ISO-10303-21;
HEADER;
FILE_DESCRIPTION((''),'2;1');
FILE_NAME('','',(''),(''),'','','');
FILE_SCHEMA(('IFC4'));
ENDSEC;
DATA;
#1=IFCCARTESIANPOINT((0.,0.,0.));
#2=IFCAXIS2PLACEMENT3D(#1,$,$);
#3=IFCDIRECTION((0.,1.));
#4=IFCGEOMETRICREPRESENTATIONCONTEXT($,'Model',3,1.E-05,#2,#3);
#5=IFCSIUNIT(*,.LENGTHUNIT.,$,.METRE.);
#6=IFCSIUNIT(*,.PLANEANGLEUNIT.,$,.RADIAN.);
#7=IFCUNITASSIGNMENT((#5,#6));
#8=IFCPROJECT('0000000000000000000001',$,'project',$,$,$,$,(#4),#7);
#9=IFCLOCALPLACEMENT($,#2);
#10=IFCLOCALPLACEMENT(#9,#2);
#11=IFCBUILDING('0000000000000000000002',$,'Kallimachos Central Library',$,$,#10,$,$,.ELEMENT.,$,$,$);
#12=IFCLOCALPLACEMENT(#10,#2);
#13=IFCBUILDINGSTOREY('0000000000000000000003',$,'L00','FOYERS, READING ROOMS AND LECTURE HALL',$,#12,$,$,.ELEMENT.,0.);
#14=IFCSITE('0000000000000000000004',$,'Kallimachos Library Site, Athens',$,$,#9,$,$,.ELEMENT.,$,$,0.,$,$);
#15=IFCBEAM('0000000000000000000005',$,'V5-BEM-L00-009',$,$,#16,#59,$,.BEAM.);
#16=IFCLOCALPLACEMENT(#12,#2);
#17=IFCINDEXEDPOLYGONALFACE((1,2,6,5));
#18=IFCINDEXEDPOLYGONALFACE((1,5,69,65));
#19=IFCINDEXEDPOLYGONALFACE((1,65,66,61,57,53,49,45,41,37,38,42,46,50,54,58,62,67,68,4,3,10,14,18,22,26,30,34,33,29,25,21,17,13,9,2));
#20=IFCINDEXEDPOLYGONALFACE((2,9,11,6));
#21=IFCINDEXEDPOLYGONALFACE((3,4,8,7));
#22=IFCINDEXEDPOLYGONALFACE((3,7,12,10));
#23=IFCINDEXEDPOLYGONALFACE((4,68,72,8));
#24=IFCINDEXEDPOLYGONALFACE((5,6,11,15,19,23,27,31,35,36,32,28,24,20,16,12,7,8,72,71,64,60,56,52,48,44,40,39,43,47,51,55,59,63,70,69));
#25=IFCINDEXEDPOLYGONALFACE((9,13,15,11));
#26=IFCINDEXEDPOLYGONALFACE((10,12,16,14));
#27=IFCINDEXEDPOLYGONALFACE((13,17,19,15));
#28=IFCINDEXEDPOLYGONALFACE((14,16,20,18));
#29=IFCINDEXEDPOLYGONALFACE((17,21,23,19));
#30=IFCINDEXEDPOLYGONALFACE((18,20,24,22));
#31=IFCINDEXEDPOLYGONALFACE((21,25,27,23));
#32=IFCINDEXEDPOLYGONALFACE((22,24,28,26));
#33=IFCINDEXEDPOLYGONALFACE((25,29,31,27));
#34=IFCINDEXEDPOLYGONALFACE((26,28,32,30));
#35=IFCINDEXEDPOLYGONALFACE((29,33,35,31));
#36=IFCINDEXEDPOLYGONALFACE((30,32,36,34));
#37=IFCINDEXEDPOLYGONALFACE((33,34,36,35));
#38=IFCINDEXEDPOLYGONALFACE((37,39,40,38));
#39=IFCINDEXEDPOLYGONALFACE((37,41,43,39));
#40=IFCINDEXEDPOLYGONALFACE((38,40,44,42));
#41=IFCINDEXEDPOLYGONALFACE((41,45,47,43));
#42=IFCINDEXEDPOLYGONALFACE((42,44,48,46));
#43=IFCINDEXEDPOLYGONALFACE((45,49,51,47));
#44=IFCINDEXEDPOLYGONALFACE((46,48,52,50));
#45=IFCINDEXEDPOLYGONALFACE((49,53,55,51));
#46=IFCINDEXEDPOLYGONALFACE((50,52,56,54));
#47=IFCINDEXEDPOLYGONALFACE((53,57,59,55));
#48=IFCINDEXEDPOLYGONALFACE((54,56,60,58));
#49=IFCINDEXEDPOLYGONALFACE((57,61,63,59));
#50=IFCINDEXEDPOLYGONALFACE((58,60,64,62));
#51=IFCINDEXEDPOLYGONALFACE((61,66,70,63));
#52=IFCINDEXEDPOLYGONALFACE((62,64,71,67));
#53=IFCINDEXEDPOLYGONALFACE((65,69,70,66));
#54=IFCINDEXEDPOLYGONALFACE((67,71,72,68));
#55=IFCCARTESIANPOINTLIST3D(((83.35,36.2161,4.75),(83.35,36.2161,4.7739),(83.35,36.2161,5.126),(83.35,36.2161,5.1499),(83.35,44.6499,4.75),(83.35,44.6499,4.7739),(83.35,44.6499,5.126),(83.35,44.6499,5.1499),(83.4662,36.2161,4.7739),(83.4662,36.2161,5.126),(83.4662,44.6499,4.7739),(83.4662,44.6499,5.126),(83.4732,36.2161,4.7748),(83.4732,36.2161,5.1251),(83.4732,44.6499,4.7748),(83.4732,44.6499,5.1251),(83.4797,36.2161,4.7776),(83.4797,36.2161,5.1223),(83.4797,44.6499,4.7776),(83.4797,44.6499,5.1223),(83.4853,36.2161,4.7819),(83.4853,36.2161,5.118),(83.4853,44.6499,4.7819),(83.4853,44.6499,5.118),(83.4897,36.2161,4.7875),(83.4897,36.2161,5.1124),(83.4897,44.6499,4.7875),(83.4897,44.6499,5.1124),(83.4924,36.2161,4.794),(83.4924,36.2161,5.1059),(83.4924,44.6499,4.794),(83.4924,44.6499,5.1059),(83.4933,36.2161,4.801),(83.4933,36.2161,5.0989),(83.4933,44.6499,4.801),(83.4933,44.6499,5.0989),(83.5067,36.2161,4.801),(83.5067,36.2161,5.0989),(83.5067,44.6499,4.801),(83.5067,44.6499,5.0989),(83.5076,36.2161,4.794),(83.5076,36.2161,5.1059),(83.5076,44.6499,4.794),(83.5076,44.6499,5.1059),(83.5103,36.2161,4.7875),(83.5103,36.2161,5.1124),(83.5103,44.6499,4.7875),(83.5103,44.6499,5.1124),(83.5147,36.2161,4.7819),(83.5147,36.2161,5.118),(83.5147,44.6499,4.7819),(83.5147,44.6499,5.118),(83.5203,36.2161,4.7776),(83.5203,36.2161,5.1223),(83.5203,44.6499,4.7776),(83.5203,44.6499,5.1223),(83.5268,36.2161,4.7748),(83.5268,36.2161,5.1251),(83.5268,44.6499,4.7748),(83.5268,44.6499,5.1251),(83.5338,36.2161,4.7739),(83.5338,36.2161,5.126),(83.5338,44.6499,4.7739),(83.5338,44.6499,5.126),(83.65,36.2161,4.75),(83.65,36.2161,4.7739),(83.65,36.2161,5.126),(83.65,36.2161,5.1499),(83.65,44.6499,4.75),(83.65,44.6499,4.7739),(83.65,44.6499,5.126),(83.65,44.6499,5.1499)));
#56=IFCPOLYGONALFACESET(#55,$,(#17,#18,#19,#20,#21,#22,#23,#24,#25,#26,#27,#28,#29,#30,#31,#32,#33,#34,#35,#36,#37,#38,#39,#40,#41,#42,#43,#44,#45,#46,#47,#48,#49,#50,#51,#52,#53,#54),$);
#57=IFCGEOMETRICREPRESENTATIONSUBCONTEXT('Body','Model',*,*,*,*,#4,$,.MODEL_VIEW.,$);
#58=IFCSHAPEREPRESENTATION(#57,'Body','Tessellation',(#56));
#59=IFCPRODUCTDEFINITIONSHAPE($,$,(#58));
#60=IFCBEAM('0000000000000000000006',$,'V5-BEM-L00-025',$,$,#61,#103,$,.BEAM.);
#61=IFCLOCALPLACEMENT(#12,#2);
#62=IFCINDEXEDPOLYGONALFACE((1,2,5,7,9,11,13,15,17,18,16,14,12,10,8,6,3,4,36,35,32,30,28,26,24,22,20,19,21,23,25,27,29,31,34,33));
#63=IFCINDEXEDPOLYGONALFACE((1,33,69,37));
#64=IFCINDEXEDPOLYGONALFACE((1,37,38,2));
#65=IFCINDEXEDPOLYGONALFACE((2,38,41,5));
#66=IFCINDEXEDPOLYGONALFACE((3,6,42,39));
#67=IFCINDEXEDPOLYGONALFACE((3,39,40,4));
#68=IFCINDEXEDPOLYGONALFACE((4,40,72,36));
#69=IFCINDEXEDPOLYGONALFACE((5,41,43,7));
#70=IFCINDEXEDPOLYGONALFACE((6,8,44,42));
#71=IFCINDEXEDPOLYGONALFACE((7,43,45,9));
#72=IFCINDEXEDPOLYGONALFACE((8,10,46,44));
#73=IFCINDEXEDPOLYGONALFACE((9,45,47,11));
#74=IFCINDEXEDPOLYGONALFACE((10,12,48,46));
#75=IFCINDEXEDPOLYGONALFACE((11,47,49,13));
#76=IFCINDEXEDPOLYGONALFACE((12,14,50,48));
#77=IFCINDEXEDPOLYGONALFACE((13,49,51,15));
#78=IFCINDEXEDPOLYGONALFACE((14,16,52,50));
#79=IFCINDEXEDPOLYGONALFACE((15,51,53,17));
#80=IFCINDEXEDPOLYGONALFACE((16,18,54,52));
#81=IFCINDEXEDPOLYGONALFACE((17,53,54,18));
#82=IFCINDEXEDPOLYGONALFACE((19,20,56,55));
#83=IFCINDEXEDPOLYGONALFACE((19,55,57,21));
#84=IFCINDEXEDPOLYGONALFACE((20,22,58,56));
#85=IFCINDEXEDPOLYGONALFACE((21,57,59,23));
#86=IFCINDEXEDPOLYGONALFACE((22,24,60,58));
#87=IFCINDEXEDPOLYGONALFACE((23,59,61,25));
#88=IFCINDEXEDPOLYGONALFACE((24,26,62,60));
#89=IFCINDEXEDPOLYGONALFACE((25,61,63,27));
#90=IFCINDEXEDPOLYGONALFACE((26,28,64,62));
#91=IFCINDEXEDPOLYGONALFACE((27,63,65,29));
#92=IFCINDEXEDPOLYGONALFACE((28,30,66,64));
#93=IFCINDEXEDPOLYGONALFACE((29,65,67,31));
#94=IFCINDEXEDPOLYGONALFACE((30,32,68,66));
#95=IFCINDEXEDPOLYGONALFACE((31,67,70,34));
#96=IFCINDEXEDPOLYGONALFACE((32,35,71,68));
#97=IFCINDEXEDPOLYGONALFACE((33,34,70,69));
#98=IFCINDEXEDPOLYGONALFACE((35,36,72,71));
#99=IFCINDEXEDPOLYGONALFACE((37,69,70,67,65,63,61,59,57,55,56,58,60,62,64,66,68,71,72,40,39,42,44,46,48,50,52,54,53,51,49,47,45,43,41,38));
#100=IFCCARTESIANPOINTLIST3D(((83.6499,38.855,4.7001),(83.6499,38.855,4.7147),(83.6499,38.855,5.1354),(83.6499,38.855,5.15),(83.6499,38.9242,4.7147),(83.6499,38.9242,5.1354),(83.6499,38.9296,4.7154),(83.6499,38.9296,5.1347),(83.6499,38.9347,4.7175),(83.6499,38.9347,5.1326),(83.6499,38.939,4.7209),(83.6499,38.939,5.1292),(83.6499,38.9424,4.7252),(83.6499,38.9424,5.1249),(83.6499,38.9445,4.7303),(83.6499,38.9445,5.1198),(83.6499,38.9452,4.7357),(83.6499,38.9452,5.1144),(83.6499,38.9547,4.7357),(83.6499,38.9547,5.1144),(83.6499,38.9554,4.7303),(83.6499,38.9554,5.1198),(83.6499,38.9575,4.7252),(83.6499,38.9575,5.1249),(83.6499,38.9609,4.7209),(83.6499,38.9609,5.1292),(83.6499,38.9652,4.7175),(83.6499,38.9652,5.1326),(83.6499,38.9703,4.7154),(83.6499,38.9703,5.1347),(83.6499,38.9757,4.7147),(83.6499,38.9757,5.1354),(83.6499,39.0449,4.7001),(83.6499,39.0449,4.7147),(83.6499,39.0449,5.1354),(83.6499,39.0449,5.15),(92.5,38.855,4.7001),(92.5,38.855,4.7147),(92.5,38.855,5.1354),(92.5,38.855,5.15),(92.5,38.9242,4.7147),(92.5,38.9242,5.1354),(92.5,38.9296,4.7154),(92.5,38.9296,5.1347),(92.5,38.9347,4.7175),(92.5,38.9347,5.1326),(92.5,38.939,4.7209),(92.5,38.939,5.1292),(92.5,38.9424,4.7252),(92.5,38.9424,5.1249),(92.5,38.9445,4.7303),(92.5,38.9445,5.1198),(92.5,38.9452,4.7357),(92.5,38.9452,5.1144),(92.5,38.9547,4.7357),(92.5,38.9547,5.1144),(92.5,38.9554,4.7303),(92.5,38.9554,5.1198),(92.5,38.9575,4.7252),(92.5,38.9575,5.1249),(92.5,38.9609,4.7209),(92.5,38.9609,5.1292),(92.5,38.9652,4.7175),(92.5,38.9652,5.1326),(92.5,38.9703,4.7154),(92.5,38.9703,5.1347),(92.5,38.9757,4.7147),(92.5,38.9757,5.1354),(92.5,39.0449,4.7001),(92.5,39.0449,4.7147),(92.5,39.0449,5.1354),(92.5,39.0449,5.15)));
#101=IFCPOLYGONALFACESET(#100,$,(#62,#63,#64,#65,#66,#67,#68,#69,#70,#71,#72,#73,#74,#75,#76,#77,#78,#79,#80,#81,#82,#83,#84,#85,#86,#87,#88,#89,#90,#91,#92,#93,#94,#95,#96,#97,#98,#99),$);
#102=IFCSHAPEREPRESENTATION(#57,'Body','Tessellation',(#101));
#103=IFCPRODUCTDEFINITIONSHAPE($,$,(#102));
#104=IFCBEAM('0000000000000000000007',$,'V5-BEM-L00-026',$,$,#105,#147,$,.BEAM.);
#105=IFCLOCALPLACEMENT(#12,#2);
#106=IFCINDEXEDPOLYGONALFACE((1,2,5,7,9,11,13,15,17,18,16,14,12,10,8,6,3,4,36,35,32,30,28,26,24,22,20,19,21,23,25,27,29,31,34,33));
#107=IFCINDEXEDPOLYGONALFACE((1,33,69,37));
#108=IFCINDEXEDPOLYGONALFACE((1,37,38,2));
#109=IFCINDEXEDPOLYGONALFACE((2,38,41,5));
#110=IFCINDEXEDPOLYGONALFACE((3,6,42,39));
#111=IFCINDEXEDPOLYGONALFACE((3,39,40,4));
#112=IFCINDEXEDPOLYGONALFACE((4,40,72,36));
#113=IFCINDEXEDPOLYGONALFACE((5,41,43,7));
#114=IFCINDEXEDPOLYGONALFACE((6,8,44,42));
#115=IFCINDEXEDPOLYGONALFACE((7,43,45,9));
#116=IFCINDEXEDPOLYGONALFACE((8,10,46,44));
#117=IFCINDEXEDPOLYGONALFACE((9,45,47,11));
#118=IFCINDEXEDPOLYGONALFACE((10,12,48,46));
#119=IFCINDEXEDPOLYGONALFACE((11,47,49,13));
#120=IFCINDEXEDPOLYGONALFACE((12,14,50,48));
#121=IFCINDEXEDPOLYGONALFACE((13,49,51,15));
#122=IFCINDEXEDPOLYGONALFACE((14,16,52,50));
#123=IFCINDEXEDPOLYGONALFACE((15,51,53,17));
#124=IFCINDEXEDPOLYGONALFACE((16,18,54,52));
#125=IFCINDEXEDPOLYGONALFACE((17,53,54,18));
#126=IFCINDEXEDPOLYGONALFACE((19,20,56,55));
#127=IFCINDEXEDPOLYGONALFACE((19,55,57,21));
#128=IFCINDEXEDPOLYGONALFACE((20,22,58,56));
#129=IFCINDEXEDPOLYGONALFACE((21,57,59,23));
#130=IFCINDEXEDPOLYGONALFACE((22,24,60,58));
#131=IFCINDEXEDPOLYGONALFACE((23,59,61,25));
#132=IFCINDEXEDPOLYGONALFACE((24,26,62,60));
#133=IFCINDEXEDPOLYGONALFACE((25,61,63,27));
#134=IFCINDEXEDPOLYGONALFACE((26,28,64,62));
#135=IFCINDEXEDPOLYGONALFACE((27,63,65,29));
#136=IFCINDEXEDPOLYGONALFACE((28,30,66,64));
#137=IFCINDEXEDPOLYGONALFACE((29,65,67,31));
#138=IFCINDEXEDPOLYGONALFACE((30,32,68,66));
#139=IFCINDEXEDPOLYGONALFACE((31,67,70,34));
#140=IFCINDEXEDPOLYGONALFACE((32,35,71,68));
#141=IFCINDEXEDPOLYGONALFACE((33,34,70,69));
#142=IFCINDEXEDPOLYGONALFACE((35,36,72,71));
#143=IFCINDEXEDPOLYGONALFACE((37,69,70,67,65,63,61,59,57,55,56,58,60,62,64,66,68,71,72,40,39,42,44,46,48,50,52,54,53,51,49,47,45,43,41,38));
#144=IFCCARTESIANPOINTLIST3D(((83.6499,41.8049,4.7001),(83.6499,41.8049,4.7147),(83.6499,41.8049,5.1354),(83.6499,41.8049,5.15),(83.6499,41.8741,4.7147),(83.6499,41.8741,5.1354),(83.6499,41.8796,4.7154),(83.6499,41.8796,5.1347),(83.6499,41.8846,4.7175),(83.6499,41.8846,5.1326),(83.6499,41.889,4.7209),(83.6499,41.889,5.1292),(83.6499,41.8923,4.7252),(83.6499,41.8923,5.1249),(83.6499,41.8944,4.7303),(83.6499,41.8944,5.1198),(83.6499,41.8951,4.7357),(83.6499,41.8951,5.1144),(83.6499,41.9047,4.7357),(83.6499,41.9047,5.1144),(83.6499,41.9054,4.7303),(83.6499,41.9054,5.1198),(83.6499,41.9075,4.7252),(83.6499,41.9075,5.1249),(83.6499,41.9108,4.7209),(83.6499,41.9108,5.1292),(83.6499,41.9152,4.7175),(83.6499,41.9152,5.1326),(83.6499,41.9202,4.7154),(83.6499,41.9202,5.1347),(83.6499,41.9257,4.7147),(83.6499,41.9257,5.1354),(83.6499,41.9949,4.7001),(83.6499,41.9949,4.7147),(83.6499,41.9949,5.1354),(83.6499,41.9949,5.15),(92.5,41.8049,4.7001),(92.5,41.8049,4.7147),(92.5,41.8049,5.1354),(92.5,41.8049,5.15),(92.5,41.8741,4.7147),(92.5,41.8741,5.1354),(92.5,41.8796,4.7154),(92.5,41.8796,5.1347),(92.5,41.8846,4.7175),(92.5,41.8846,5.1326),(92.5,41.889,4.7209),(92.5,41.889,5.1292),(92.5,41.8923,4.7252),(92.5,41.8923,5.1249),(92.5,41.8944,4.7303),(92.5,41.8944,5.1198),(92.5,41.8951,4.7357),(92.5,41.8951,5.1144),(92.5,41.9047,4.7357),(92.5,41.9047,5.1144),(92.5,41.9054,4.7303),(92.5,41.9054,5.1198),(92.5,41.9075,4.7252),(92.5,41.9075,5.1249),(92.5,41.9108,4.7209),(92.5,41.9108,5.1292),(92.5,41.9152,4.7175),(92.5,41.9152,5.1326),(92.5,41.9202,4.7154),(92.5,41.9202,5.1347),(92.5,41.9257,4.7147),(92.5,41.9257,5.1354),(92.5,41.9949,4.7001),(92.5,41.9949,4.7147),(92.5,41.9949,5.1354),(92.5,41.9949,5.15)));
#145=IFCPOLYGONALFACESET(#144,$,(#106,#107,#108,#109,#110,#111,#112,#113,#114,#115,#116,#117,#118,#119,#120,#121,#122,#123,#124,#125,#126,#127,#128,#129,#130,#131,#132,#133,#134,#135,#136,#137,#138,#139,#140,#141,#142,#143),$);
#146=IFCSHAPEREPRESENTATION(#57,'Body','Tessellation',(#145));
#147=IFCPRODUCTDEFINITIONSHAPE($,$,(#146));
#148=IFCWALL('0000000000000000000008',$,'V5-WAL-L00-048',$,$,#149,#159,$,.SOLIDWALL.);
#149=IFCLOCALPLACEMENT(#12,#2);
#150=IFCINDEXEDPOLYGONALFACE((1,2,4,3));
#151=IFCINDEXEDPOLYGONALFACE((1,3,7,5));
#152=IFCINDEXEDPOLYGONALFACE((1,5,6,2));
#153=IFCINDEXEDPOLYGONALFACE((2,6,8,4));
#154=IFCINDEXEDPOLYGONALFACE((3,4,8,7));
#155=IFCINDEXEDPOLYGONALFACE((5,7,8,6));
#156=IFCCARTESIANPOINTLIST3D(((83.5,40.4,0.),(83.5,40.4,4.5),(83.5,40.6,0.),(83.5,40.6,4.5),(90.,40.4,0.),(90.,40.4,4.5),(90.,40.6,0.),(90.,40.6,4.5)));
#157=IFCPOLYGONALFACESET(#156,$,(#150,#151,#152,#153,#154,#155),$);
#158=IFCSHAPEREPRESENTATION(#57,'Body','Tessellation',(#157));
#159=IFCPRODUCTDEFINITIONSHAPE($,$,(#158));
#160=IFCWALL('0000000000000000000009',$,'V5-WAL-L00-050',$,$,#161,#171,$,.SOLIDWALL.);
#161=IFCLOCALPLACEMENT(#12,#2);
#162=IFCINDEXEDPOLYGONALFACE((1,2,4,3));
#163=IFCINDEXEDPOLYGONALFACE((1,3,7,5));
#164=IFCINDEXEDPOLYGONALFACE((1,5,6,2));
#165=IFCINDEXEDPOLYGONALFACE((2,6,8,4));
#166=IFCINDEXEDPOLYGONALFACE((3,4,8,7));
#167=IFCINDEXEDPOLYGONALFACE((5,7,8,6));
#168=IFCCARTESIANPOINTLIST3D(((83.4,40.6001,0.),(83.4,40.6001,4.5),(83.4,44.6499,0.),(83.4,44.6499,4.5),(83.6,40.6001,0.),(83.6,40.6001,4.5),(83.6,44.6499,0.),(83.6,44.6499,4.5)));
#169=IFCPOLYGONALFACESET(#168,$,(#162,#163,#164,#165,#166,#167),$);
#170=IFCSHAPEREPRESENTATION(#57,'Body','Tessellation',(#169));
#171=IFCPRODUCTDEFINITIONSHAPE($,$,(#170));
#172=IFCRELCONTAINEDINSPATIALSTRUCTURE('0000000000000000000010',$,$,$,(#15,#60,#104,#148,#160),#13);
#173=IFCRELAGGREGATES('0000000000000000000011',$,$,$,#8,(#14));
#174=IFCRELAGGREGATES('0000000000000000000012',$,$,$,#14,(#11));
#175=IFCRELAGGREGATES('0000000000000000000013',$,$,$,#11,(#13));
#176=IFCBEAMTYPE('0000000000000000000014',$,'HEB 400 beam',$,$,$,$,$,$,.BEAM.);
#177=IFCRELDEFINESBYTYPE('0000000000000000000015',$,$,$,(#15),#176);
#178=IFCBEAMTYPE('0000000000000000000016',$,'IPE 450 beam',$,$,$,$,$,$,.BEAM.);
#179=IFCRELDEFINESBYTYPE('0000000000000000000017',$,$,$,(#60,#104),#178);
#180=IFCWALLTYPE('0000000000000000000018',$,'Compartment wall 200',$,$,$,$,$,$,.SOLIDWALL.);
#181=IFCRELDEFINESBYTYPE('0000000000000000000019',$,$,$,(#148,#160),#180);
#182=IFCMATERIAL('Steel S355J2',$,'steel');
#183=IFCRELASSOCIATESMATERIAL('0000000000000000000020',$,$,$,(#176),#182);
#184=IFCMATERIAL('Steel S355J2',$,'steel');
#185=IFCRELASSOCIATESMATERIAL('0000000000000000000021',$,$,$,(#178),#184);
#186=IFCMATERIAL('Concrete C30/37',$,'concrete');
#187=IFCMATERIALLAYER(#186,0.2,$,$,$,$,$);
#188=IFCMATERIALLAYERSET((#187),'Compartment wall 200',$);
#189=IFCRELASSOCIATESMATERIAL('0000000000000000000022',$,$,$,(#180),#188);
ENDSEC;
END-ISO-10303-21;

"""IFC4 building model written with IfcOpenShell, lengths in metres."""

from ifc_helpers import new_model, si_unit, direction, frame, frame_2d, origin, origin_2d, place, context, subcontext, project, spatial, rectangle, i_section, extrude, material, layer, layer_set, material_profile, profile_set, type_object, element, save


model = new_model("IFC4")

# Units and contexts
model_context = context("Model", 3, precision=1e-05, world=origin(), true_north=direction((0.0, 1.0)))
body_context = subcontext(model_context, "Body", "Model", "MODEL_VIEW")
ifc_project = project(units=[si_unit("LENGTHUNIT", "METRE"), si_unit("PLANEANGLEUNIT", "RADIAN")], contexts=[model_context])

# Site, building, storey
site_placement = place(None, origin())
site = spatial("IfcSite", under=ifc_project, at=site_placement, Name="Kallimachos Library Site, Athens", CompositionType="ELEMENT", RefElevation=0.0)
building_placement = place(site_placement, origin())
building = spatial("IfcBuilding", under=site, at=building_placement, Name="Kallimachos Central Library", CompositionType="ELEMENT")
storey_placement = place(building_placement, origin())
storey = spatial("IfcBuildingStorey", under=building, at=storey_placement, Name="L00", Description="FOYERS, READING ROOMS AND LECTURE HALL", CompositionType="ELEMENT", Elevation=0.0)

# Beams
ifc_material_1 = material(Name="Steel S355J2", Category="steel")
ifc_material_profile_1 = material_profile(ifc_material_1, i_section(OverallWidth=0.3, OverallDepth=0.3999, WebThickness=0.0134, FlangeThickness=0.0239, FilletRadius=0.0271, at=origin_2d()), Name="HEB 400")
ifc_profile_set_1 = profile_set([ifc_material_profile_1], Name="Steel S355J2")
beam_type_1 = type_object("IfcBeamType", Name="HEB 400 beam", PredefinedType="BEAM", material=ifc_profile_set_1)
beam_placement = place(storey_placement, frame((83.5, 36.2161, 4.95), z_axis=(0.0, 1.0, 0.0), x_axis=(-1.0, 0.0, 0.0)))
element("IfcBeam", 1, at=beam_placement, inside=storey, type_object=beam_type_1, Name="V5-BEM-L00-009", PredefinedType="BEAM", context=body_context, shape_type="SweptSolid", body=[
    extrude(i_section(OverallWidth=0.3, OverallDepth=0.3999, WebThickness=0.0134, FlangeThickness=0.0239, FilletRadius=0.0271, at=origin_2d()), origin(), (0.0, 0.0, 1.0), 8.4338),
])
ifc_material_2 = material(Name="Steel S355J2", Category="steel")
ifc_material_profile_2 = material_profile(ifc_material_2, i_section(OverallWidth=0.1899, OverallDepth=0.45, WebThickness=0.0095, FlangeThickness=0.0146, FilletRadius=0.021, at=origin_2d()), Name="IPE 450")
ifc_profile_set_2 = profile_set([ifc_material_profile_2], Name="Steel S355J2")
beam_type_2 = type_object("IfcBeamType", Name="IPE 450 beam", PredefinedType="BEAM", material=ifc_profile_set_2)
for number, where, z_axis, x_axis, name in (
    (2, (83.6499, 38.95, 4.925), (1.0, 0.0, 0.0), (0.0, 1.0, 0.0), "V5-BEM-L00-025"),
    (3, (83.6499, 41.8999, 4.925), (1.0, 0.0, 0.0), (0.0, 1.0, 0.0), "V5-BEM-L00-026"),
):
    element("IfcBeam", number, at=place(storey_placement, frame(where, z_axis=z_axis, x_axis=x_axis)), inside=storey, type_object=beam_type_2, Name=name, PredefinedType="BEAM", context=body_context, shape_type="SweptSolid", body=[
        extrude(i_section(OverallWidth=0.1899, OverallDepth=0.45, WebThickness=0.0095, FlangeThickness=0.0146, FilletRadius=0.021, at=origin_2d()), origin(), (0.0, 0.0, 1.0), 8.8501),
    ])

# Walls
ifc_material_3 = material(Name="Concrete C30/37", Category="concrete")
ifc_layer_1 = layer(ifc_material_3, 0.2)
ifc_layer_set_1 = layer_set([ifc_layer_1], Name="Compartment wall 200")
wall_type_1 = type_object("IfcWallType", Name="Compartment wall 200", PredefinedType="SOLIDWALL", material=ifc_layer_set_1)
wall_1_placement = place(storey_placement, frame((83.5, 40.5, 0.0), z_axis=(0.0, 0.0, 1.0), x_axis=(1.0, 0.0, 0.0)))
element("IfcWall", 4, at=wall_1_placement, inside=storey, type_object=wall_type_1, Name="V5-WAL-L00-048", PredefinedType="SOLIDWALL", context=body_context, shape_type="SweptSolid", body=[
    extrude(rectangle(XDim=6.5, YDim=0.2, at=frame_2d((3.25, 0.0))), origin(), (0.0, 0.0, 1.0), 4.5),
])
wall_2_placement = place(storey_placement, frame((83.5, 40.6001, 0.0), z_axis=(0.0, 0.0, 1.0), x_axis=(0.0, 1.0, 0.0)))
element("IfcWall", 5, at=wall_2_placement, inside=storey, type_object=wall_type_1, Name="V5-WAL-L00-050", PredefinedType="SOLIDWALL", context=body_context, shape_type="SweptSolid", body=[
    extrude(rectangle(XDim=4.0498, YDim=0.2, at=frame_2d((2.0249, 0.0))), origin(), (0.0, 0.0, 1.0), 4.5),
])

save(model, "model.ifc")
